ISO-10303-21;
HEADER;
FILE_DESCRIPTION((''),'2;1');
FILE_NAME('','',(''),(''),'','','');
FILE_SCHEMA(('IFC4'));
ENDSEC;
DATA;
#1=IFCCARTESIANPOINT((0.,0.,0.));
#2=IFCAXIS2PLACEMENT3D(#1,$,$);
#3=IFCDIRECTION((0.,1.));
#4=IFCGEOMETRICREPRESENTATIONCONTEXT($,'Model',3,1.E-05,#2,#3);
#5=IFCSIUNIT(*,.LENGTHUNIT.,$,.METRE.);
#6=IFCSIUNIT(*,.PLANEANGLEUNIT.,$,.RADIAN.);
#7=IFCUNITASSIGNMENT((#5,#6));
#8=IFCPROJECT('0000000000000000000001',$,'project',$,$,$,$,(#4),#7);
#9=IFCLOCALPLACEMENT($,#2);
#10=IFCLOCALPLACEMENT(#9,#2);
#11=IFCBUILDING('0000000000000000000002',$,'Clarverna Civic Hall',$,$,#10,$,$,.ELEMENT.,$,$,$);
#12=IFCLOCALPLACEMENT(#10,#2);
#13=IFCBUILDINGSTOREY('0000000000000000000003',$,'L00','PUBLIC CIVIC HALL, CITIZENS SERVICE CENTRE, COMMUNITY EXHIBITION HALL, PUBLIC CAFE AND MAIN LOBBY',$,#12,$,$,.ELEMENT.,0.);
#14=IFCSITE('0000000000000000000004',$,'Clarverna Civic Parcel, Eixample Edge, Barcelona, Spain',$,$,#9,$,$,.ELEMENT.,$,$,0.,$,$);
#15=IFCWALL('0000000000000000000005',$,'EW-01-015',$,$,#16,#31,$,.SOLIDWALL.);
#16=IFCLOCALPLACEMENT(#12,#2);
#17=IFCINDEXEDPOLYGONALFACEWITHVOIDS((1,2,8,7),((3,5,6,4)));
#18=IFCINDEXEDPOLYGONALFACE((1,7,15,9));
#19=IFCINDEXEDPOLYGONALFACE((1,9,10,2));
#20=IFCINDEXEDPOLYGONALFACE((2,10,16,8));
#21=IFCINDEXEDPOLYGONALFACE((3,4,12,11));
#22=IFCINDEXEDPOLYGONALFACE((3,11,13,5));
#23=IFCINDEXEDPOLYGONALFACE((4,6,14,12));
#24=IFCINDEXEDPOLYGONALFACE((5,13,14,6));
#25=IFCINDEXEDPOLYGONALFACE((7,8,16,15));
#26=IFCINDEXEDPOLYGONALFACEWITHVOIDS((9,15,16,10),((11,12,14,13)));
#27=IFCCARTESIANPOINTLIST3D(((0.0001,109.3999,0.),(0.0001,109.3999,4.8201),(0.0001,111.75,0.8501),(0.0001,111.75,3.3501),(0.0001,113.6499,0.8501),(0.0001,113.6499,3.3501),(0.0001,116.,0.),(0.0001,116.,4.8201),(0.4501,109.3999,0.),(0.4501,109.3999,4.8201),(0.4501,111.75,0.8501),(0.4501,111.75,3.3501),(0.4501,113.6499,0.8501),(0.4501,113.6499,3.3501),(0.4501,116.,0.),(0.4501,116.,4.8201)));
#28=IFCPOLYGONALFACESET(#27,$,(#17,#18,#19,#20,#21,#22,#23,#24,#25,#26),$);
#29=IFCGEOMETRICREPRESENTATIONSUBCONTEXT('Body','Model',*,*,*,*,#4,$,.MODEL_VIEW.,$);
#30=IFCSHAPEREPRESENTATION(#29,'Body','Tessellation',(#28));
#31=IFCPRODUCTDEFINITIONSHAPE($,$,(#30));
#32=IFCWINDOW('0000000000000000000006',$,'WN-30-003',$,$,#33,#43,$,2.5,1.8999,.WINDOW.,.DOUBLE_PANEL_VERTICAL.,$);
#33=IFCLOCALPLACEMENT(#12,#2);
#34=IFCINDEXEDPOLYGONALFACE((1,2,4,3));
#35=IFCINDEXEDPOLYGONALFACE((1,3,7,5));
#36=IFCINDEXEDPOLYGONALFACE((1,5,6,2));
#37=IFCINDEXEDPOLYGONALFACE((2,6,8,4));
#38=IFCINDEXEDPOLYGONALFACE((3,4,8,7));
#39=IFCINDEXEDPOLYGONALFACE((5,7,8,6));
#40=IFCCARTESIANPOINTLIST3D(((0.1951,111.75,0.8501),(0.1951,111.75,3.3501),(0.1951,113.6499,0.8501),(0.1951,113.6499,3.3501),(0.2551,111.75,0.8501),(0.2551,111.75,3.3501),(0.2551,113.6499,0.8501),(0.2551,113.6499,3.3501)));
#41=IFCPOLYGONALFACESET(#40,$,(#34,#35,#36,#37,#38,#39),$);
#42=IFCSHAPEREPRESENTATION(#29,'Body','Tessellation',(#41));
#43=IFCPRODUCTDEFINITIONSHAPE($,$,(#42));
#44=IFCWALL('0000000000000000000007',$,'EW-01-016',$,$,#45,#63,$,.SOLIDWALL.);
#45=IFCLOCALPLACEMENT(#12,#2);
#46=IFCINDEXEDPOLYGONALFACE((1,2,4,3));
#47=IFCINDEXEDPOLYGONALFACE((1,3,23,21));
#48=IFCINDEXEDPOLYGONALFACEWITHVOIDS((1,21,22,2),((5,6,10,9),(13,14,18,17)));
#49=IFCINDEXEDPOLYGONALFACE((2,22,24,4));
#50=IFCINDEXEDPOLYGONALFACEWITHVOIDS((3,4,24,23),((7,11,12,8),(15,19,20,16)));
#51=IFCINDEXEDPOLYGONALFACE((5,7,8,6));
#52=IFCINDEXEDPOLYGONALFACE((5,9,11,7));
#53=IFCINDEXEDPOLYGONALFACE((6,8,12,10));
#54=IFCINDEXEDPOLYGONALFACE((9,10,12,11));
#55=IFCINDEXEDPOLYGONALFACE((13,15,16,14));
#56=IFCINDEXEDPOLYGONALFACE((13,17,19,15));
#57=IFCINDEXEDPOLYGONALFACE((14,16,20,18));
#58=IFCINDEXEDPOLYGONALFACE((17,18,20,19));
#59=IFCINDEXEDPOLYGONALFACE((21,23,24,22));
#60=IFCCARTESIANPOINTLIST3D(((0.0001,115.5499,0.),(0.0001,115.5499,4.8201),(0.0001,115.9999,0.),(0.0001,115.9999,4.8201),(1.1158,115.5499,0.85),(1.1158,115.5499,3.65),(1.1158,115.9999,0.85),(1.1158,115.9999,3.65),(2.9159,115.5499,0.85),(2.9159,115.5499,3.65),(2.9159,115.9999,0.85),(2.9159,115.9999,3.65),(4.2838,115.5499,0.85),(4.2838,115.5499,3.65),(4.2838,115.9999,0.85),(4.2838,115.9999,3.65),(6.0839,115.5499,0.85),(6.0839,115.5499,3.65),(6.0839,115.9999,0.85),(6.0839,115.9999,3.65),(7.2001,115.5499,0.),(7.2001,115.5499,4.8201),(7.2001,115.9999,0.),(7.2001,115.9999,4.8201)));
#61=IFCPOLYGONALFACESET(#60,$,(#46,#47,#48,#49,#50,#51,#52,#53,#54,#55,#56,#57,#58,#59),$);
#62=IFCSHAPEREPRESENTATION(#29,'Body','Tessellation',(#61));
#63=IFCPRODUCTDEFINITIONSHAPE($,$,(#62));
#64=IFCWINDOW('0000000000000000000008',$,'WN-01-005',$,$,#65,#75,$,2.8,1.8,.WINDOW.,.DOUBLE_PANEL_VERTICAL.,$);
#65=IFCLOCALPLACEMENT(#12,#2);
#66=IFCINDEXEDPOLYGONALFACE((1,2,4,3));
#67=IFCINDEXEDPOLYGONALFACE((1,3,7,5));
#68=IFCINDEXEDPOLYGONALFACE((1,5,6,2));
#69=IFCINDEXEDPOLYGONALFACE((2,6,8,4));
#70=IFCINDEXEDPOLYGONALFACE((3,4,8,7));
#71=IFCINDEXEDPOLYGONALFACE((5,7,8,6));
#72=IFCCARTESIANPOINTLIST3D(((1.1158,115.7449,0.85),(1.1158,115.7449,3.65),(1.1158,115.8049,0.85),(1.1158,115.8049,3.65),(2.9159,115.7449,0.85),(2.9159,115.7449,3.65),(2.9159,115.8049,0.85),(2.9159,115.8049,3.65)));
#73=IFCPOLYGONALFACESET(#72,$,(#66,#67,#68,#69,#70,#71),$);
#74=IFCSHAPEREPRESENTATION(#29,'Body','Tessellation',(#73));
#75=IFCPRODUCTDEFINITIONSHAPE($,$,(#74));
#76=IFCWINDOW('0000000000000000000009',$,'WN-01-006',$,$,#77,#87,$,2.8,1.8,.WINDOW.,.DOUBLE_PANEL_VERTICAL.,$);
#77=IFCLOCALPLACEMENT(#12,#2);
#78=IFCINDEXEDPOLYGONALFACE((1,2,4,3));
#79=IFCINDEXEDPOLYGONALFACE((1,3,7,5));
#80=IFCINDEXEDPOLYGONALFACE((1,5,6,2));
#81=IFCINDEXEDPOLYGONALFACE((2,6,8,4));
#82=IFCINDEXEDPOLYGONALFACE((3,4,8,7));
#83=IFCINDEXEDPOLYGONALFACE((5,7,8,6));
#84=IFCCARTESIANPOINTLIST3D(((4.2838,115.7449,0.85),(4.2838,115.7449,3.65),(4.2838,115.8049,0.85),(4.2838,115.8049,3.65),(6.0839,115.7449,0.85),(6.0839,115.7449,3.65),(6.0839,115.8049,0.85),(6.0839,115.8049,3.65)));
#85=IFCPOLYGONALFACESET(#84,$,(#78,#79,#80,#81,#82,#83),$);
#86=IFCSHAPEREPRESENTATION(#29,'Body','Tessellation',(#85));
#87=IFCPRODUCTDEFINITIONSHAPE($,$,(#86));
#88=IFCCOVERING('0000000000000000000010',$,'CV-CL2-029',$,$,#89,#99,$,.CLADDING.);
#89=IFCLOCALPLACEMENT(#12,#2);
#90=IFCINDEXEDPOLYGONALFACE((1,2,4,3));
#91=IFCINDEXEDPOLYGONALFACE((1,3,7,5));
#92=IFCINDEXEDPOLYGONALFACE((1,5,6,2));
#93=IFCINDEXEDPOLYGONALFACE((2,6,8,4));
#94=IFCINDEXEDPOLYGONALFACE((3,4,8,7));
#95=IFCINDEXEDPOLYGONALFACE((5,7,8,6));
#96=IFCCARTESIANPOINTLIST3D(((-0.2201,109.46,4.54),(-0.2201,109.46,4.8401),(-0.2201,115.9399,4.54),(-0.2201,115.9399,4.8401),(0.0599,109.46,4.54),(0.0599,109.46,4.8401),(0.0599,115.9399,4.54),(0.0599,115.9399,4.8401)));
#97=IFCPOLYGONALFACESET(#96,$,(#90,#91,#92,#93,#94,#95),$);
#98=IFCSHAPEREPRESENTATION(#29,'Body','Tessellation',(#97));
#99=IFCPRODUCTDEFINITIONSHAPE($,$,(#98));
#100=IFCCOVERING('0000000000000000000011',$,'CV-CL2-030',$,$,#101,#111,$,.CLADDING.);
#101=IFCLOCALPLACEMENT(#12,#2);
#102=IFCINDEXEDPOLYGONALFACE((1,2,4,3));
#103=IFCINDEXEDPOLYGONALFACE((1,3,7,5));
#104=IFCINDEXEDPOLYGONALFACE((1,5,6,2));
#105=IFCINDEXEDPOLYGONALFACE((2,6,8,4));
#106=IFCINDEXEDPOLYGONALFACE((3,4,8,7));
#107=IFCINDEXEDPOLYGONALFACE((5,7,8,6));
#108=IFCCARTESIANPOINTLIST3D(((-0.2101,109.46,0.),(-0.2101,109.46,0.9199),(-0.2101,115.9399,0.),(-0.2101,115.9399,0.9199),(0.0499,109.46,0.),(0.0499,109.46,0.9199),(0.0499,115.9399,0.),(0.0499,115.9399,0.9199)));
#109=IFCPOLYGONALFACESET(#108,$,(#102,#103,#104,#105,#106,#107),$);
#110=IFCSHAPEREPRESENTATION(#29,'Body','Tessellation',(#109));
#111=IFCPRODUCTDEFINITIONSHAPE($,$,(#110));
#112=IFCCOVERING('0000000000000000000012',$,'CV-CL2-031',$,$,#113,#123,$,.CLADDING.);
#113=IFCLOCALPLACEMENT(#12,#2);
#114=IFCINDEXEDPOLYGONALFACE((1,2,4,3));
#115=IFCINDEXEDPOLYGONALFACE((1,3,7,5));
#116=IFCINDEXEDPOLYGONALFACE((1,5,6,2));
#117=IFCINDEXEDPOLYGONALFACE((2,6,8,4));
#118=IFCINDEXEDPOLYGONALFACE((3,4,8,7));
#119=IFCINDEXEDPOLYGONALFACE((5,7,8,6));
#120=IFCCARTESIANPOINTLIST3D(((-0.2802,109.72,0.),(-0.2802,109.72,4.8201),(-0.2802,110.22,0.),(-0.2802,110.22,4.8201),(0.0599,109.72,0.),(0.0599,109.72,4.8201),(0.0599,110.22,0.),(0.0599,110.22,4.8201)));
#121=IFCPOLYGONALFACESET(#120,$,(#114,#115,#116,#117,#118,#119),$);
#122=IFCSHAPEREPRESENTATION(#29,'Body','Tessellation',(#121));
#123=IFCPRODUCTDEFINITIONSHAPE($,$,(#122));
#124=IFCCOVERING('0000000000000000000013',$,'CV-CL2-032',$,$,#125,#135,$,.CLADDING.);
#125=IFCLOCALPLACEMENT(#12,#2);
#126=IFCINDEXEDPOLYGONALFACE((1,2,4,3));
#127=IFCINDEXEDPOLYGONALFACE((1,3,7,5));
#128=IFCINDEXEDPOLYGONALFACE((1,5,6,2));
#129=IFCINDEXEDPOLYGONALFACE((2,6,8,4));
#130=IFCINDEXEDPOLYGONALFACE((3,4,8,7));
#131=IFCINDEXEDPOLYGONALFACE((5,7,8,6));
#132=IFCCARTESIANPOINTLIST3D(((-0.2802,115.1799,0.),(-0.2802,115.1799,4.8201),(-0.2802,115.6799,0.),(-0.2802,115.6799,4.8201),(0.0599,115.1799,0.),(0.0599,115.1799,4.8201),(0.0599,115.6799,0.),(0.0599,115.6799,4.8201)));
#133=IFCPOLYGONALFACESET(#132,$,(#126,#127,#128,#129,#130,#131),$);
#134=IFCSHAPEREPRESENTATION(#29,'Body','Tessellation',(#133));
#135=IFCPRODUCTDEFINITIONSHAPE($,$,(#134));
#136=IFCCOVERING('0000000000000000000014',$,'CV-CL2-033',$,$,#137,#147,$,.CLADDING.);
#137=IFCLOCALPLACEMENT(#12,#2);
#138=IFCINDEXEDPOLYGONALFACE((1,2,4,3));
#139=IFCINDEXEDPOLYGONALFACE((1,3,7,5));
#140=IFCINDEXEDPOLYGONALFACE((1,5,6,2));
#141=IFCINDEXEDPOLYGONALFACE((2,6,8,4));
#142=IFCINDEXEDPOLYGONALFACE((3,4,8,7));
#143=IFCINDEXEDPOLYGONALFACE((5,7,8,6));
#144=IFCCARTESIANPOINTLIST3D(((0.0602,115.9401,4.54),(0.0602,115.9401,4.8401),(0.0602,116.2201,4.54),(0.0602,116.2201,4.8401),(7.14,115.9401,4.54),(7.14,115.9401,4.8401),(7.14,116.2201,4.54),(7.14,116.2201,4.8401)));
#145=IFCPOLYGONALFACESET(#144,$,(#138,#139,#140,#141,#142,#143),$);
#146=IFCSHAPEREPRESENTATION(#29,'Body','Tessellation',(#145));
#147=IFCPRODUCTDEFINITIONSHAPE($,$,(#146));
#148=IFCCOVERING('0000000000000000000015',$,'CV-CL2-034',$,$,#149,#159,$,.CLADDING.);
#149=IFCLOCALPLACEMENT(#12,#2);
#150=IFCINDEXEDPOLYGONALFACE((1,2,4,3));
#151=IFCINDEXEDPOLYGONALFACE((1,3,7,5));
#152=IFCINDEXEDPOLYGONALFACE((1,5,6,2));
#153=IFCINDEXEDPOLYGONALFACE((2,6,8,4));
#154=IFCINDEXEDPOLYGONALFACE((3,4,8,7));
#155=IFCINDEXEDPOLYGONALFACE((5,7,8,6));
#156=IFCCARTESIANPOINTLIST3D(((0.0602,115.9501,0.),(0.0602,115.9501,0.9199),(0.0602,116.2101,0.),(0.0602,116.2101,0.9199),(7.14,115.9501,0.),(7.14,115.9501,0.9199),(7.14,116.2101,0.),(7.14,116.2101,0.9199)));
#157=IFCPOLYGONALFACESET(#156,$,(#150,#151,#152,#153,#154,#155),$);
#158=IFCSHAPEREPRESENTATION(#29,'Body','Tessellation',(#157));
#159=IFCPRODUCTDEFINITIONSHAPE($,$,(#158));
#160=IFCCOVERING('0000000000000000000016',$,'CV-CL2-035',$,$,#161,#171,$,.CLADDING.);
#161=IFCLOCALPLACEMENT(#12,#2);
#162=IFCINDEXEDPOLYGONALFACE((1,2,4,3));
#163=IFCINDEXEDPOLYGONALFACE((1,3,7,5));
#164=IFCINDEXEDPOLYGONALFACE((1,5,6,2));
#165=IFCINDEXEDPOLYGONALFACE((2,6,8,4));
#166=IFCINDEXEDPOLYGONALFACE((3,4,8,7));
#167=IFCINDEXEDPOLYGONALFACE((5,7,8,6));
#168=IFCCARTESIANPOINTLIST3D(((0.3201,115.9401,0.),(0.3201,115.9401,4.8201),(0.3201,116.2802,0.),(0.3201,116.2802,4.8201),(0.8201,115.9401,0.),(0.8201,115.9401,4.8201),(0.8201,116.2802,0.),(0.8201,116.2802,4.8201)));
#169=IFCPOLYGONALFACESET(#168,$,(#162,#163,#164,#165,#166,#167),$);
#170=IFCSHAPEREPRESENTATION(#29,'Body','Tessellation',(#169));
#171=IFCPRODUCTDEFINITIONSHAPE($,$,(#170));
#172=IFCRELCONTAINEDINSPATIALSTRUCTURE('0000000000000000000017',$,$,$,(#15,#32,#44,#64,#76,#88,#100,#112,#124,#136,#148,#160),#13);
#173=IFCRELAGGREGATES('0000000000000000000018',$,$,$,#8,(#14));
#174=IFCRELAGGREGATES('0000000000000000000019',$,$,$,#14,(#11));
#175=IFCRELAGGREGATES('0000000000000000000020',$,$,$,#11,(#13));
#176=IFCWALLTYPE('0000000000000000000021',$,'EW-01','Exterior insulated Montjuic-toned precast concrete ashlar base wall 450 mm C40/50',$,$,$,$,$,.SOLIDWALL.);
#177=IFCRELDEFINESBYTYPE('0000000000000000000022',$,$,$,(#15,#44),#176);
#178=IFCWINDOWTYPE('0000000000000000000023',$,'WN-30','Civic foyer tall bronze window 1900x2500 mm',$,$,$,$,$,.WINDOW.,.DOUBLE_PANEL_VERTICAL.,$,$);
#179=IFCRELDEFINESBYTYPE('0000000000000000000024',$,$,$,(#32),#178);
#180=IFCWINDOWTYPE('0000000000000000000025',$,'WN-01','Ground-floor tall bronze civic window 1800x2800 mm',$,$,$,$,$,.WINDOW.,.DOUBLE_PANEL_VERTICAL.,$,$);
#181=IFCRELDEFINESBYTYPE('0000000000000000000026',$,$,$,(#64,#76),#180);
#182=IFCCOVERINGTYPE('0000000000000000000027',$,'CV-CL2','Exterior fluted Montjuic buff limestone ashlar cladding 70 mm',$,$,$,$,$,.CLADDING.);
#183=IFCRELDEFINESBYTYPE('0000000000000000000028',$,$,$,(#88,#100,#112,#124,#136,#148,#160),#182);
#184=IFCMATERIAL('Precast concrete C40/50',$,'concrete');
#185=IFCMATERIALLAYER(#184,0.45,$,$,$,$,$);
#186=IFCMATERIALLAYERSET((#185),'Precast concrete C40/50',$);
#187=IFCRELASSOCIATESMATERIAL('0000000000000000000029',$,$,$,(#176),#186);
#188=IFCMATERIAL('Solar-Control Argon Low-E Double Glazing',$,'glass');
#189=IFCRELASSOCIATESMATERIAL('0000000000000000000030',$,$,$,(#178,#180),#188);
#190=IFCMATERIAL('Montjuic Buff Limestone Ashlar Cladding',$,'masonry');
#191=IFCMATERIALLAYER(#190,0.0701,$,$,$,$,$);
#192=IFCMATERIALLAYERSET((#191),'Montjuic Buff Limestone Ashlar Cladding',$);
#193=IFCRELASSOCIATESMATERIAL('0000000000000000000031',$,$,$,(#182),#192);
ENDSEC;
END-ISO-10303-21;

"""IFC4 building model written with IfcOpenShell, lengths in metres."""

from ifc_helpers import new_model, si_unit, direction, frame, frame_2d, origin, place, context, subcontext, project, spatial, rectangle, extrude, material, layer, layer_set, type_object, element, fill, save


model = new_model("IFC4")

# Units and contexts
model_context = context("Model", 3, precision=1e-05, world=origin(), true_north=direction((0.0, 1.0)))
body_context = subcontext(model_context, "Body", "Model", "MODEL_VIEW")
ifc_project = project(units=[si_unit("LENGTHUNIT", "METRE"), si_unit("PLANEANGLEUNIT", "RADIAN")], contexts=[model_context])

# Site, building, storey
site_placement = place(None, origin())
site = spatial("IfcSite", under=ifc_project, at=site_placement, Name="Clarverna Civic Parcel, Eixample Edge, Barcelona, Spain", CompositionType="ELEMENT", RefElevation=0.0)
building_placement = place(site_placement, origin())
building = spatial("IfcBuilding", under=site, at=building_placement, Name="Clarverna Civic Hall", CompositionType="ELEMENT")
storey_placement = place(building_placement, origin())
storey = spatial("IfcBuildingStorey", under=building, at=storey_placement, Name="L00", Description="PUBLIC CIVIC HALL, CITIZENS SERVICE CENTRE, COMMUNITY EXHIBITION HALL, PUBLIC CAFE AND MAIN LOBBY", CompositionType="ELEMENT", Elevation=0.0)

# Wall, opening, window
ifc_material_1 = material(Name="Precast concrete C40/50", Category="concrete")
ifc_layer_1 = layer(ifc_material_1, 0.45)
ifc_layer_set_1 = layer_set([ifc_layer_1], Name="Precast concrete C40/50")
wall_type = type_object("IfcWallType", Name="EW-01", Description="Exterior insulated Montjuic-toned precast concrete ashlar base wall 450 mm C40/50", PredefinedType="SOLIDWALL", material=ifc_layer_set_1)
wall_1_placement = place(storey_placement, frame((0.2251, 109.3999, 0.0), z_axis=(0.0, 0.0, 1.0), x_axis=(0.0, 1.0, 0.0)))
wall_1 = element("IfcWall", 1, at=wall_1_placement, inside=storey, type_object=wall_type, Name="EW-01-015", PredefinedType="SOLIDWALL", context=body_context, shape_type="SweptSolid", body=[
    extrude(rectangle(XDim=6.6001, YDim=0.45, at=frame_2d((3.3, 0.0))), origin(), (0.0, 0.0, 1.0), 4.8201),
])
opening_1_placement = place(wall_1_placement, frame((2.3501, 0.0, 0.8501)))
opening_1 = element("IfcOpeningElement", 2, at=opening_1_placement, cuts=wall_1, PredefinedType="OPENING", context=body_context, shape_type="SweptSolid", body=[
    extrude(rectangle(XDim=1.8999, YDim=2.5, at=frame_2d((0.95, 1.25))), frame((0.0, 0.2349, 0.0), z_axis=(0.0, -1.0, 0.0), x_axis=(1.0, 0.0, 0.0)), (0.0, 0.0, 1.0), 0.47),
])
ifc_material_2 = material(Name="Solar-Control Argon Low-E Double Glazing", Category="glass")
window_type_1 = type_object("IfcWindowType", Name="WN-30", Description="Civic foyer tall bronze window 1900x2500 mm", PartitioningType="DOUBLE_PANEL_VERTICAL", PredefinedType="WINDOW", material=ifc_material_2)
window_1_placement = place(opening_1_placement, origin())
window_1 = element("IfcWindow", 3, at=window_1_placement, inside=storey, type_object=window_type_1, Name="WN-30-003", OverallHeight=2.5, OverallWidth=1.8999, PartitioningType="DOUBLE_PANEL_VERTICAL", PredefinedType="WINDOW", context=body_context, shape_type="SweptSolid", body=[
    extrude(rectangle(XDim=1.8999, YDim=2.5, at=frame_2d((0.95, 1.25))), frame((0.0, 0.03, 0.0), z_axis=(0.0, -1.0, 0.0), x_axis=(1.0, 0.0, 0.0)), (0.0, 0.0, 1.0), 0.0601),
])
fill(opening_1, window_1)

# Wall, openings, windows
wall_2_placement = place(storey_placement, frame((0.0, 115.7749, 0.0), z_axis=(0.0, 0.0, 1.0), x_axis=(1.0, 0.0, 0.0)))
wall_2 = element("IfcWall", 4, at=wall_2_placement, inside=storey, type_object=wall_type, Name="EW-01-016", PredefinedType="SOLIDWALL", context=body_context, shape_type="SweptSolid", body=[
    extrude(rectangle(XDim=7.2, YDim=0.45, at=frame_2d((3.6001, 0.0))), origin(), (0.0, 0.0, 1.0), 4.8201),
])
opening_2_placement = place(wall_2_placement, frame((1.116, 0.0, 0.8501)))
opening_2 = element("IfcOpeningElement", 5, at=opening_2_placement, cuts=wall_2, PredefinedType="OPENING", context=body_context, shape_type="SweptSolid", body=[
    extrude(rectangle(XDim=1.8, YDim=2.8, at=frame_2d((0.8999, 1.3999))), frame((0.0, 0.2349, 0.0), z_axis=(0.0, -1.0, 0.0), x_axis=(1.0, 0.0, 0.0)), (0.0, 0.0, 1.0), 0.47),
])
opening_3_placement = place(wall_2_placement, frame((4.2839, 0.0, 0.8501)))
opening_3 = element("IfcOpeningElement", 6, at=opening_3_placement, cuts=wall_2, PredefinedType="OPENING", context=body_context, shape_type="SweptSolid", body=[
    extrude(rectangle(XDim=1.8, YDim=2.8, at=frame_2d((0.8999, 1.3999))), frame((0.0, 0.2349, 0.0), z_axis=(0.0, -1.0, 0.0), x_axis=(1.0, 0.0, 0.0)), (0.0, 0.0, 1.0), 0.47),
])
window_type_2 = type_object("IfcWindowType", Name="WN-01", Description="Ground-floor tall bronze civic window 1800x2800 mm", PartitioningType="DOUBLE_PANEL_VERTICAL", PredefinedType="WINDOW", material=ifc_material_2)
window_2_placement = place(opening_2_placement, origin())
window_2 = element("IfcWindow", 7, at=window_2_placement, inside=storey, type_object=window_type_2, Name="WN-01-005", OverallHeight=2.8, OverallWidth=1.8, PartitioningType="DOUBLE_PANEL_VERTICAL", PredefinedType="WINDOW", context=body_context, shape_type="SweptSolid", body=[
    extrude(rectangle(XDim=1.8, YDim=2.8, at=frame_2d((0.8999, 1.3999))), frame((0.0, 0.03, 0.0), z_axis=(0.0, -1.0, 0.0), x_axis=(1.0, 0.0, 0.0)), (0.0, 0.0, 1.0), 0.0601),
])
fill(opening_2, window_2)
window_3_placement = place(opening_3_placement, origin())
window_3 = element("IfcWindow", 8, at=window_3_placement, inside=storey, type_object=window_type_2, Name="WN-01-006", OverallHeight=2.8, OverallWidth=1.8, PartitioningType="DOUBLE_PANEL_VERTICAL", PredefinedType="WINDOW", context=body_context, shape_type="SweptSolid", body=[
    extrude(rectangle(XDim=1.8, YDim=2.8, at=frame_2d((0.8999, 1.3999))), frame((0.0, 0.03, 0.0), z_axis=(0.0, -1.0, 0.0), x_axis=(1.0, 0.0, 0.0)), (0.0, 0.0, 1.0), 0.0601),
])
fill(opening_3, window_3)

# Coverings
ifc_material_3 = material(Name="Montjuic Buff Limestone Ashlar Cladding", Category="masonry")
ifc_layer_2 = layer(ifc_material_3, 0.0701)
ifc_layer_set_2 = layer_set([ifc_layer_2], Name="Montjuic Buff Limestone Ashlar Cladding")
covering_type = type_object("IfcCoveringType", Name="CV-CL2", Description="Exterior fluted Montjuic buff limestone ashlar cladding 70 mm", PredefinedType="CLADDING", material=ifc_layer_set_2)
covering_1_placement = place(storey_placement, frame((-0.0801, 109.46, 4.54), z_axis=(0.0, 0.0, 1.0), x_axis=(0.0, 1.0, 0.0)))
element("IfcCovering", 9, at=covering_1_placement, inside=storey, type_object=covering_type, Name="CV-CL2-029", PredefinedType="CLADDING", context=body_context, shape_type="SweptSolid", body=[
    extrude(rectangle(XDim=6.48, YDim=0.28, at=frame_2d((3.24, 0.0))), origin(), (0.0, 0.0, 1.0), 0.3),
])
covering_2_placement = place(storey_placement, frame((-0.0801, 109.46, 0.0), z_axis=(0.0, 0.0, 1.0), x_axis=(0.0, 1.0, 0.0)))
element("IfcCovering", 10, at=covering_2_placement, inside=storey, type_object=covering_type, Name="CV-CL2-030", PredefinedType="CLADDING", context=body_context, shape_type="SweptSolid", body=[
    extrude(rectangle(XDim=6.48, YDim=0.26, at=frame_2d((3.24, 0.0))), origin(), (0.0, 0.0, 1.0), 0.9199),
])
for number, where, z_axis, x_axis, name in (
    (11, (-0.1101, 109.72, 0.0), (0.0, 0.0, 1.0), (0.0, 1.0, 0.0), "CV-CL2-031"),
    (12, (-0.1101, 115.1799, 0.0), (0.0, 0.0, 1.0), (0.0, 1.0, 0.0), "CV-CL2-032"),
):
    element("IfcCovering", number, at=place(storey_placement, frame(where, z_axis=z_axis, x_axis=x_axis)), inside=storey, type_object=covering_type, Name=name, PredefinedType="CLADDING", context=body_context, shape_type="SweptSolid", body=[
        extrude(rectangle(XDim=0.5, YDim=0.3401, at=frame_2d((0.25, 0.0))), origin(), (0.0, 0.0, 1.0), 4.8201),
    ])
covering_3_placement = place(storey_placement, frame((0.0601, 116.0801, 4.54), z_axis=(0.0, 0.0, 1.0), x_axis=(1.0, 0.0, 0.0)))
element("IfcCovering", 13, at=covering_3_placement, inside=storey, type_object=covering_type, Name="CV-CL2-033", PredefinedType="CLADDING", context=body_context, shape_type="SweptSolid", body=[
    extrude(rectangle(XDim=7.0798, YDim=0.28, at=frame_2d((3.54, 0.0))), origin(), (0.0, 0.0, 1.0), 0.3),
])
covering_4_placement = place(storey_placement, frame((0.0601, 116.0801, 0.0), z_axis=(0.0, 0.0, 1.0), x_axis=(1.0, 0.0, 0.0)))
element("IfcCovering", 14, at=covering_4_placement, inside=storey, type_object=covering_type, Name="CV-CL2-034", PredefinedType="CLADDING", context=body_context, shape_type="SweptSolid", body=[
    extrude(rectangle(XDim=7.0798, YDim=0.26, at=frame_2d((3.54, 0.0))), origin(), (0.0, 0.0, 1.0), 0.9199),
])
covering_5_placement = place(storey_placement, frame((0.3201, 116.1101, 0.0), z_axis=(0.0, 0.0, 1.0), x_axis=(1.0, 0.0, 0.0)))
element("IfcCovering", 15, at=covering_5_placement, inside=storey, type_object=covering_type, Name="CV-CL2-035", PredefinedType="CLADDING", context=body_context, shape_type="SweptSolid", body=[
    extrude(rectangle(XDim=0.5, YDim=0.3401, at=frame_2d((0.25, 0.0))), origin(), (0.0, 0.0, 1.0), 4.8201),
])

save(model, "model.ifc")
